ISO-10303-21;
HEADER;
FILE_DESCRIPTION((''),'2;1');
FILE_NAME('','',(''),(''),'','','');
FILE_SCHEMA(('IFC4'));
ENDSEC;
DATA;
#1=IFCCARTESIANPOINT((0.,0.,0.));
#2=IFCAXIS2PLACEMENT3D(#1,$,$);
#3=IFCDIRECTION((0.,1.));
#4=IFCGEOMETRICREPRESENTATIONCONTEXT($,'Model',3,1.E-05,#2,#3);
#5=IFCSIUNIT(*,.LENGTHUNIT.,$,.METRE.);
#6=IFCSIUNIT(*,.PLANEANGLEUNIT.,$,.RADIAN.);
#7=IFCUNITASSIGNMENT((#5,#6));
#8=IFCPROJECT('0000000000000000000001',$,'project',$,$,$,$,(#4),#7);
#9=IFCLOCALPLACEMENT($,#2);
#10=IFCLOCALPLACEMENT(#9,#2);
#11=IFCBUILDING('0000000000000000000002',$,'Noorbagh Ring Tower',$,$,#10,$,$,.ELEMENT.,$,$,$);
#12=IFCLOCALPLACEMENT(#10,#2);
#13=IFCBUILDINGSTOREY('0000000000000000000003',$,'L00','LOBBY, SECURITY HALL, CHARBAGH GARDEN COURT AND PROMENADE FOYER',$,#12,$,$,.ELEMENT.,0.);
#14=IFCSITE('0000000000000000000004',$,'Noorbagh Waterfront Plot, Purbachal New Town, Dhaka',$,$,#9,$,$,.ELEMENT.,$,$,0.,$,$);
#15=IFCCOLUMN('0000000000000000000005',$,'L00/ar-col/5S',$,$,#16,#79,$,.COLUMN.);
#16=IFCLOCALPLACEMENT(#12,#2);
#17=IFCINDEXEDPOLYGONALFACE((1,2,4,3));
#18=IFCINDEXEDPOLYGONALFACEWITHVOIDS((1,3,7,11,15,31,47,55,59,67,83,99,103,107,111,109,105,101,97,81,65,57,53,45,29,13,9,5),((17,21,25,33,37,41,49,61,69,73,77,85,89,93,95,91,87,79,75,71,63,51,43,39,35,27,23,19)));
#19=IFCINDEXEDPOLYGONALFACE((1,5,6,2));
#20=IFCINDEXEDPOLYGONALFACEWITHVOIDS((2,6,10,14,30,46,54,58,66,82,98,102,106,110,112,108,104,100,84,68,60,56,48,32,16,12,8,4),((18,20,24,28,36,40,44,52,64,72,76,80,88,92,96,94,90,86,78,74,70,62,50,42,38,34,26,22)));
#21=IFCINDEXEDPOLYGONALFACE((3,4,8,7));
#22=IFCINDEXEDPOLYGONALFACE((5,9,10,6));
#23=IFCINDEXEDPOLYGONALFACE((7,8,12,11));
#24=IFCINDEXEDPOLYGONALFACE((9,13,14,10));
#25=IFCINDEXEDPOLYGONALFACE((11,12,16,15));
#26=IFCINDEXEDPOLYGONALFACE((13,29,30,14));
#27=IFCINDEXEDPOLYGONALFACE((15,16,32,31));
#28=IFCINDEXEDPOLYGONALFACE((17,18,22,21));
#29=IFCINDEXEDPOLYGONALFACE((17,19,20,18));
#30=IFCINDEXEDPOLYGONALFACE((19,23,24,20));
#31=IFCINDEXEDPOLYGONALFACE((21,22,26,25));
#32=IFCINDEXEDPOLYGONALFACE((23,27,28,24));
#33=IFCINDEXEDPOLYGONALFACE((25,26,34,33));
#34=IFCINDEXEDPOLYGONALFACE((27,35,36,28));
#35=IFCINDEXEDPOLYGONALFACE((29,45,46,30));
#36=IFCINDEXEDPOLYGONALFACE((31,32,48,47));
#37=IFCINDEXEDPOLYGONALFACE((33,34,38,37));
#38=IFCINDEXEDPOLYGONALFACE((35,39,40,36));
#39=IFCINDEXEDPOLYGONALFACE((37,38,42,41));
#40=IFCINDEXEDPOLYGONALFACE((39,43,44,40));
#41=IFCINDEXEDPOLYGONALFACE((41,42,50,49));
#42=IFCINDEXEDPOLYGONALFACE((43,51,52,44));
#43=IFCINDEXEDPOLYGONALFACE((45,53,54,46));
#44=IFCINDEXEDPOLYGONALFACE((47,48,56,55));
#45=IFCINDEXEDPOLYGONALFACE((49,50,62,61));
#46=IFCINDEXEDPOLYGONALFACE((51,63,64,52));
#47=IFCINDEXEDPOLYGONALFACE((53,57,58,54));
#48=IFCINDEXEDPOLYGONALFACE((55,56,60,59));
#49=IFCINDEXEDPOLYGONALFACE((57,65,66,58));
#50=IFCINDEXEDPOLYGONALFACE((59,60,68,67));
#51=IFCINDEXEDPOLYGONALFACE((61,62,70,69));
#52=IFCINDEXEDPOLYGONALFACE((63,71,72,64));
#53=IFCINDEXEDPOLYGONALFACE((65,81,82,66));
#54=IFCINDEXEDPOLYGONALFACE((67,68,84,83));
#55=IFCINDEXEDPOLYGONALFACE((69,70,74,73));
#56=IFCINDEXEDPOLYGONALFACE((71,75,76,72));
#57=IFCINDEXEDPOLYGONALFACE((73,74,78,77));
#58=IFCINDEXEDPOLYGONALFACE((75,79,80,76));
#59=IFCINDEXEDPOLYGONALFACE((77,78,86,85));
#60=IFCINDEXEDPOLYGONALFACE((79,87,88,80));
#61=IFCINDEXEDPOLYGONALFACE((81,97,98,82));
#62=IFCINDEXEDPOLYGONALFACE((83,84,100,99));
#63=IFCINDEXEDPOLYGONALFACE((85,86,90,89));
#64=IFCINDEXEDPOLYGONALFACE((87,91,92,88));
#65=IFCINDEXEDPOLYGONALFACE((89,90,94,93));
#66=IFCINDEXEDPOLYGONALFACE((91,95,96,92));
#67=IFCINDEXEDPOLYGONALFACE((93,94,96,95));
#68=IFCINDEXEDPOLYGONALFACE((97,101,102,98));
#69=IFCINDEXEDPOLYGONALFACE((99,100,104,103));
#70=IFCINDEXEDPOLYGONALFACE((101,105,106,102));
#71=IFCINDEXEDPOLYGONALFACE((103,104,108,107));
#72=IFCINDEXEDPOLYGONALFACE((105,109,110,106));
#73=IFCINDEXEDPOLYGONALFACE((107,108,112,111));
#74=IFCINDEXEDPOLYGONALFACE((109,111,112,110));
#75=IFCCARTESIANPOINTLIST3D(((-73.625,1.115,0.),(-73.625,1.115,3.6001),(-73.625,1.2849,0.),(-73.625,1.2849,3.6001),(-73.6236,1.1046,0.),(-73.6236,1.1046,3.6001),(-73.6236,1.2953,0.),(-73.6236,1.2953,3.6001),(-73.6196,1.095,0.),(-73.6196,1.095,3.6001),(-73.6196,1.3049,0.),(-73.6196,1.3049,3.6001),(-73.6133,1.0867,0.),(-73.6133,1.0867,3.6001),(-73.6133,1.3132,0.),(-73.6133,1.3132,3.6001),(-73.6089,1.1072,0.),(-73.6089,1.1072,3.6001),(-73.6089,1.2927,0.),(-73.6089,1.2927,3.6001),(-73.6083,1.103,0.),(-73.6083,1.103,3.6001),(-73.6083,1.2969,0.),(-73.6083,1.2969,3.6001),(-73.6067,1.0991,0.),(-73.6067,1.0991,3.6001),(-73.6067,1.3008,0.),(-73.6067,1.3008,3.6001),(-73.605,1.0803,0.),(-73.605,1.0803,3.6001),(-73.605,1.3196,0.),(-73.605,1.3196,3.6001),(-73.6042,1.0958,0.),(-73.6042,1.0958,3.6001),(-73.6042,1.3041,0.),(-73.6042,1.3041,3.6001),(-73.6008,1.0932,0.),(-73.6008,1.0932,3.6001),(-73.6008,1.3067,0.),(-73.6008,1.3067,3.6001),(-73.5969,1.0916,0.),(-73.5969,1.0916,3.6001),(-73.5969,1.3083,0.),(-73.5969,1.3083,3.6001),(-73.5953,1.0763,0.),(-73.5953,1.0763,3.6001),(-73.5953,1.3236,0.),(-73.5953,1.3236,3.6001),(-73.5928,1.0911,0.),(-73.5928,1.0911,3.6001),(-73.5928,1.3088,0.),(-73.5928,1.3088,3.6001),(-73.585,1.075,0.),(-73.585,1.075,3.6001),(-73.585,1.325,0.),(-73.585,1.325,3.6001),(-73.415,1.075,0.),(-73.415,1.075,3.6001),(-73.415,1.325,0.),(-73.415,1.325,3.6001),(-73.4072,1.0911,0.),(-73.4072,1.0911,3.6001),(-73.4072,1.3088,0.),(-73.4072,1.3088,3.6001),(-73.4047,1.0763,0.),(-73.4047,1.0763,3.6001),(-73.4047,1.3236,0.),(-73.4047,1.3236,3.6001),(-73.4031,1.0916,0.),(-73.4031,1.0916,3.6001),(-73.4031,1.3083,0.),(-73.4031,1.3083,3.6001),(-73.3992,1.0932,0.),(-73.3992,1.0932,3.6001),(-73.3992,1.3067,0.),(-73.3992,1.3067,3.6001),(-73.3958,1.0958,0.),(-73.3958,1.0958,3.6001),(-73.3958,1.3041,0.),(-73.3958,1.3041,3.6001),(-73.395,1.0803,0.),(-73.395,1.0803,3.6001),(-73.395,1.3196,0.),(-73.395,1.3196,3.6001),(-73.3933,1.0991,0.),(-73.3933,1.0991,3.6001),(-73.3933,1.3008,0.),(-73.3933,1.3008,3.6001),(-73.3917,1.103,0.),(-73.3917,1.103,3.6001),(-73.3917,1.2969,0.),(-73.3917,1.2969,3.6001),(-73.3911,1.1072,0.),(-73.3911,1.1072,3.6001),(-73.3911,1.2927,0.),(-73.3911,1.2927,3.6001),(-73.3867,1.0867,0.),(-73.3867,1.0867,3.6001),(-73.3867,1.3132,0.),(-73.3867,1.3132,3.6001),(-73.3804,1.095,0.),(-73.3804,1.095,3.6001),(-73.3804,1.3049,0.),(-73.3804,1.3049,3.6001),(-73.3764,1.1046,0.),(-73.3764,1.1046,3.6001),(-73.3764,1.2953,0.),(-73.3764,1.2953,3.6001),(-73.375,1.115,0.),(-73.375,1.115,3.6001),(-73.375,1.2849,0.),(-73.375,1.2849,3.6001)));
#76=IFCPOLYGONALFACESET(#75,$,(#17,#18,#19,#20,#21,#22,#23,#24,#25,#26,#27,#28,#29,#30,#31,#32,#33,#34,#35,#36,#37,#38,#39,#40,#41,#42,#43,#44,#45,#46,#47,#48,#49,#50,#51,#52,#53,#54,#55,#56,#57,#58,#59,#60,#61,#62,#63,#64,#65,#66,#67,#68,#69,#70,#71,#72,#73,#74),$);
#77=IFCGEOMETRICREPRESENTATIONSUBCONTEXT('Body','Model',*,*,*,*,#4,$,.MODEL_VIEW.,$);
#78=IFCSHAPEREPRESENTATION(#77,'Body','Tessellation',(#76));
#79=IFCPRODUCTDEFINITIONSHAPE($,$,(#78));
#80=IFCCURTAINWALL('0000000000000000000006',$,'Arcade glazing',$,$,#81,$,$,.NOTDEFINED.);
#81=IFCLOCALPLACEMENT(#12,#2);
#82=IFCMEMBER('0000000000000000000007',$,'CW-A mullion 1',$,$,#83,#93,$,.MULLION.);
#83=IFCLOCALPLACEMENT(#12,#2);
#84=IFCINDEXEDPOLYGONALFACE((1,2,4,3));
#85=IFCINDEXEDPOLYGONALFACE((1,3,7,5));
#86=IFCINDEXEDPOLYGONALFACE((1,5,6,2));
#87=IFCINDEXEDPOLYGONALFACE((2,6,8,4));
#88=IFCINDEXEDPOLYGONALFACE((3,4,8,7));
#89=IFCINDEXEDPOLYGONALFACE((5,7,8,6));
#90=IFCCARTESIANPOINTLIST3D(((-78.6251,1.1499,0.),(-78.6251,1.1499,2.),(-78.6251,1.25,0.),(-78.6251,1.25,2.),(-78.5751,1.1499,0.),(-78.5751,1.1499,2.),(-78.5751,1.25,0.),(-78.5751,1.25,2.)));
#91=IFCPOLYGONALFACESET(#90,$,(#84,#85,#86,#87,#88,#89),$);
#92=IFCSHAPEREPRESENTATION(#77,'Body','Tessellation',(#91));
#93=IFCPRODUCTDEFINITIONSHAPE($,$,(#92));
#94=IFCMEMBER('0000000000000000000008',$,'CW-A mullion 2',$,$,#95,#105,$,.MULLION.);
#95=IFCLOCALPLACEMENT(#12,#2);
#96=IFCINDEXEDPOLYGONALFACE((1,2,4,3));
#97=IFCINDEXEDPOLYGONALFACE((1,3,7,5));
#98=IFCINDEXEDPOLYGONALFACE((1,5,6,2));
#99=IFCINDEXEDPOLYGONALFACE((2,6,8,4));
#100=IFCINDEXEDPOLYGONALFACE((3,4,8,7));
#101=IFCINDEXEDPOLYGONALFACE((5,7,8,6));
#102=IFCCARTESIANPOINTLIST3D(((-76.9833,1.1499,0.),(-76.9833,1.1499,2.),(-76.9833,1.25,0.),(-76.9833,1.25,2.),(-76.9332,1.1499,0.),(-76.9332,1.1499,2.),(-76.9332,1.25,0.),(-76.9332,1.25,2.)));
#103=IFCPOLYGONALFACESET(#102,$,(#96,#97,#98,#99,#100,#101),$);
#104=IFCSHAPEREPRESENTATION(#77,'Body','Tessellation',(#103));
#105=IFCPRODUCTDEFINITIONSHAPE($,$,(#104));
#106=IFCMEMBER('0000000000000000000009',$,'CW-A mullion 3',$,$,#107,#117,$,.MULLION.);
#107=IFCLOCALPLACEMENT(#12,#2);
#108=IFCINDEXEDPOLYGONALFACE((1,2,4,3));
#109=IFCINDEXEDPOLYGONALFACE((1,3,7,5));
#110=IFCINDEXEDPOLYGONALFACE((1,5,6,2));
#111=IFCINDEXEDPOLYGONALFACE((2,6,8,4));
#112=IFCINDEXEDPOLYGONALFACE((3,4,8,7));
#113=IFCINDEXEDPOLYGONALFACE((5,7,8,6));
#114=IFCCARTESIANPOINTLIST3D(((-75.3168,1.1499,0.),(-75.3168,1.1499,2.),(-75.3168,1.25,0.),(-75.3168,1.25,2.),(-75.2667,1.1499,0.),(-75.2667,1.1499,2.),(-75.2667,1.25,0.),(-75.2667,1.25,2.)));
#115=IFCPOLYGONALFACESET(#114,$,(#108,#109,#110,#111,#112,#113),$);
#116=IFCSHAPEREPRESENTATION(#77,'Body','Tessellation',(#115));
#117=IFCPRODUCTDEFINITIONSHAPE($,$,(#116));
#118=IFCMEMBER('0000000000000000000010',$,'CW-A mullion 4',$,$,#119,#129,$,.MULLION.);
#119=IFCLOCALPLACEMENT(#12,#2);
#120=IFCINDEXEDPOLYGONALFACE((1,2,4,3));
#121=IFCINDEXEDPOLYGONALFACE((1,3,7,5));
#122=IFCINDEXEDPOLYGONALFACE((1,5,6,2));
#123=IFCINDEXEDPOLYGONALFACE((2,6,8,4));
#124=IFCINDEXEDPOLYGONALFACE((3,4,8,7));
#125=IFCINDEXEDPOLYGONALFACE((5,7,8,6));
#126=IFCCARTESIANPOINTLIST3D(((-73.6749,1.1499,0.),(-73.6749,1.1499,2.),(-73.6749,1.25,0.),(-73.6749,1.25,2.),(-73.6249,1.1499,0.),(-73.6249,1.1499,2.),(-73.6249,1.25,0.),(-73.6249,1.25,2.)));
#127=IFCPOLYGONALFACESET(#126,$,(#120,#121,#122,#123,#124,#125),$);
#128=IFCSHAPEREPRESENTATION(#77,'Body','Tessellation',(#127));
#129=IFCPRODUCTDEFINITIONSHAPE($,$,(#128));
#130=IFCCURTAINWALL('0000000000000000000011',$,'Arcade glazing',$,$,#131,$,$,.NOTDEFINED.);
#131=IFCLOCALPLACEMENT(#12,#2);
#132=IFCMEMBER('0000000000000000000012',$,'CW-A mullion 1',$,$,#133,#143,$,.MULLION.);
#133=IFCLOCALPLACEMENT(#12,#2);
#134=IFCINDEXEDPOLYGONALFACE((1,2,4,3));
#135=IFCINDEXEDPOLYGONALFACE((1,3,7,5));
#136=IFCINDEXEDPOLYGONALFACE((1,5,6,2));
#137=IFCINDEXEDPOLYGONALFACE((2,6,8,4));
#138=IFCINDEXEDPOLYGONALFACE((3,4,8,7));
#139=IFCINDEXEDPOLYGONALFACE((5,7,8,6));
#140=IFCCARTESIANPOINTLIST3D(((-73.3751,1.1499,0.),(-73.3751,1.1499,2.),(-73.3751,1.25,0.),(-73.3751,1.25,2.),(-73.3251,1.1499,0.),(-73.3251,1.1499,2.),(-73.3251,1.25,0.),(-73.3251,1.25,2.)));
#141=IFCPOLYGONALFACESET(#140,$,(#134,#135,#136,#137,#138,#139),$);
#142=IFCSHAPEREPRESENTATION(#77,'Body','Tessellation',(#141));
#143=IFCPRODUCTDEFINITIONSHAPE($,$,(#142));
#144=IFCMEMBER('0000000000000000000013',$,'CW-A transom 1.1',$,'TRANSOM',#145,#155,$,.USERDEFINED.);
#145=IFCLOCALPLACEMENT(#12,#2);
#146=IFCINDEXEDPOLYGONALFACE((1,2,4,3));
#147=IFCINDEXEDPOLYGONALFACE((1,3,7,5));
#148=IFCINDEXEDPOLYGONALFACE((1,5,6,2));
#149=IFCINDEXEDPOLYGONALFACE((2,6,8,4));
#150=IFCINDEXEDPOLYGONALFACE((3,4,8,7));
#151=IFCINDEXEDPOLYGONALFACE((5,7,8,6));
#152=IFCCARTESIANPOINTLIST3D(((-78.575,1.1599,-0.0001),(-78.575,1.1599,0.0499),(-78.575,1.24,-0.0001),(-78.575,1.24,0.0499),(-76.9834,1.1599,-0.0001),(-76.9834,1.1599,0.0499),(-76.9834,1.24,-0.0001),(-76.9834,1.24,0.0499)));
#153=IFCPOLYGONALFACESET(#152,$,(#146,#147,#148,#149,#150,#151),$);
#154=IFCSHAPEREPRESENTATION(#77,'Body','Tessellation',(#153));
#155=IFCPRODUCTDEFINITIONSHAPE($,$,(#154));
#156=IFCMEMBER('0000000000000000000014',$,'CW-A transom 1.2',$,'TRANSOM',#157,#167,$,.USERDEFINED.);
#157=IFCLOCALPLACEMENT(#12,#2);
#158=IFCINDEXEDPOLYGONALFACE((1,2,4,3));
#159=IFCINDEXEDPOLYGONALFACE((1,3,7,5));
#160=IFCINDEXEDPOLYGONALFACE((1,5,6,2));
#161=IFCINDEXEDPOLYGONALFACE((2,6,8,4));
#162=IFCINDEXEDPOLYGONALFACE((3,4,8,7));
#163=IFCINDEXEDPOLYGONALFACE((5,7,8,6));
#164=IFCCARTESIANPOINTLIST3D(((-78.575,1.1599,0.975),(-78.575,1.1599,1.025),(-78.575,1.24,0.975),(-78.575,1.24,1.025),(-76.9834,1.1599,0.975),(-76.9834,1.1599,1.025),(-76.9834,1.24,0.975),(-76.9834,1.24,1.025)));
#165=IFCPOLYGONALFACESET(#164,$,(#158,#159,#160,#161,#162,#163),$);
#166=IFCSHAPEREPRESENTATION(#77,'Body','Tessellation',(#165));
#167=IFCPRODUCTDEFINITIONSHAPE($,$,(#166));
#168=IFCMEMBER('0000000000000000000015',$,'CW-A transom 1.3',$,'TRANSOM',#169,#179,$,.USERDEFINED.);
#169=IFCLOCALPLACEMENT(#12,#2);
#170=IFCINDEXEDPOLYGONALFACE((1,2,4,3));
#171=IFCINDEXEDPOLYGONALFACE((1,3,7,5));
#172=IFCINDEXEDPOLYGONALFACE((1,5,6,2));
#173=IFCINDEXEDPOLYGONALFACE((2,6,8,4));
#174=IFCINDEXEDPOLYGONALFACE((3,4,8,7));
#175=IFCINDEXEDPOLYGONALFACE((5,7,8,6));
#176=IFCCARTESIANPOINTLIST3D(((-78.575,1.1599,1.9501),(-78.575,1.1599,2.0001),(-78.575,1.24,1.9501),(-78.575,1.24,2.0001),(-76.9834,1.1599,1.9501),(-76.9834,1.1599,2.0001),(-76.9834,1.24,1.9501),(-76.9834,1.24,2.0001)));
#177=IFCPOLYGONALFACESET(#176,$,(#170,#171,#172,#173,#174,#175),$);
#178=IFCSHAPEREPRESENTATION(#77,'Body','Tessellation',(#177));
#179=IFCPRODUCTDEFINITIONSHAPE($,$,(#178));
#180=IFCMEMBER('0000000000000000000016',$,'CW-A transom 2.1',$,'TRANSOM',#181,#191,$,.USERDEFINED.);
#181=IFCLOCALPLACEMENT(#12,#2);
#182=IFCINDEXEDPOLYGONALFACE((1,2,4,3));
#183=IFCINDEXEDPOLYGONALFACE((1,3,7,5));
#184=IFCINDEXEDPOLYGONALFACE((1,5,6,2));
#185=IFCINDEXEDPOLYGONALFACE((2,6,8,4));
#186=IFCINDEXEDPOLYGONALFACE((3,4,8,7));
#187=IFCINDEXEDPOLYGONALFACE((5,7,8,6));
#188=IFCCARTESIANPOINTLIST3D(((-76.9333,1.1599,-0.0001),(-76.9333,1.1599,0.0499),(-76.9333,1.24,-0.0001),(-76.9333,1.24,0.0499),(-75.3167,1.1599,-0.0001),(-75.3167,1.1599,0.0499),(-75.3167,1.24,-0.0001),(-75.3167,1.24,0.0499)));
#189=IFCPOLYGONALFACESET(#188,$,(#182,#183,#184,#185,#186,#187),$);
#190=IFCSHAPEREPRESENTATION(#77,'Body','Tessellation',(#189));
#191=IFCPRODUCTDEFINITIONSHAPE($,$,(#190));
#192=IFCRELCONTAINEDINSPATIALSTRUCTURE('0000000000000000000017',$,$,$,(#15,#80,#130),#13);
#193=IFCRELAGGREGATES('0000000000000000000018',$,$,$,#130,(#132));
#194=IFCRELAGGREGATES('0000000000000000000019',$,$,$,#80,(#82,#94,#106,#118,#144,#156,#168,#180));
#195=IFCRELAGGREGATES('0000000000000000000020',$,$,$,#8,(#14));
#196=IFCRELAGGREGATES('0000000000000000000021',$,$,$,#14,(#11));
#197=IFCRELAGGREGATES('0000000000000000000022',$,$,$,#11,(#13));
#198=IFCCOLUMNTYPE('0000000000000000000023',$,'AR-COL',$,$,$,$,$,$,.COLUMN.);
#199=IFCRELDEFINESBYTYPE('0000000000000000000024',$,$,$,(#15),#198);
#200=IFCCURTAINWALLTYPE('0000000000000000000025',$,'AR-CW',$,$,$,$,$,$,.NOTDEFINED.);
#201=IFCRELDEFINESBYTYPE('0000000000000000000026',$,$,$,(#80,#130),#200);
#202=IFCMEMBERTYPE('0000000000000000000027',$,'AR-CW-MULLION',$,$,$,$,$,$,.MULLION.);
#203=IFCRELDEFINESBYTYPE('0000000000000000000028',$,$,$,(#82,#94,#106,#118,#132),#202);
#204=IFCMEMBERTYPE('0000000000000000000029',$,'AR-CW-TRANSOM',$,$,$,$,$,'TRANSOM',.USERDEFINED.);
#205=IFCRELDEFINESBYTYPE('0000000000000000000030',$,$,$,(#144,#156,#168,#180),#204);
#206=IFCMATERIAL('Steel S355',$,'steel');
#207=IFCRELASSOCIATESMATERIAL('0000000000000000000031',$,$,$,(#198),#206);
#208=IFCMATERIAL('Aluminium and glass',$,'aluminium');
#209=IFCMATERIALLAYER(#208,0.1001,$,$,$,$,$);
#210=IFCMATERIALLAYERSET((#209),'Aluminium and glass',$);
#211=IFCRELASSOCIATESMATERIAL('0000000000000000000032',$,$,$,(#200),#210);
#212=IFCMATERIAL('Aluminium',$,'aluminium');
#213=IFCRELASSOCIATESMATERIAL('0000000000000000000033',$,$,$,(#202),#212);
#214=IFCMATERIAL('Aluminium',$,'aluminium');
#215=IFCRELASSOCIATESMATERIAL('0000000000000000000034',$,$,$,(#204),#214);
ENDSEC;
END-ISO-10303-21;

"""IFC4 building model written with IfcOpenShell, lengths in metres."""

from ifc_helpers import new_model, si_unit, direction, frame, origin, origin_2d, place, context, subcontext, project, spatial, rectangle, hollow_rectangle, extrude, material, layer, layer_set, material_profile, profile_set, type_object, element, aggregate, save


model = new_model("IFC4")

# Units and contexts
model_context = context("Model", 3, precision=1e-05, world=origin(), true_north=direction((0.0, 1.0)))
body_context = subcontext(model_context, "Body", "Model", "MODEL_VIEW")
ifc_project = project(units=[si_unit("LENGTHUNIT", "METRE"), si_unit("PLANEANGLEUNIT", "RADIAN")], contexts=[model_context])

# Site, building, storey
site_placement = place(None, origin())
site = spatial("IfcSite", under=ifc_project, at=site_placement, Name="Noorbagh Waterfront Plot, Purbachal New Town, Dhaka", CompositionType="ELEMENT", RefElevation=0.0)
building_placement = place(site_placement, origin())
building = spatial("IfcBuilding", under=site, at=building_placement, Name="Noorbagh Ring Tower", CompositionType="ELEMENT")
storey_placement = place(building_placement, origin())
storey = spatial("IfcBuildingStorey", under=building, at=storey_placement, Name="L00", Description="LOBBY, SECURITY HALL, CHARBAGH GARDEN COURT AND PROMENADE FOYER", CompositionType="ELEMENT", Elevation=0.0)

# Column
ifc_material_1 = material(Name="Steel S355", Category="steel")
ifc_material_profile_1 = material_profile(ifc_material_1, hollow_rectangle(XDim=0.25, YDim=0.25, WallThickness=0.0161, InnerFilletRadius=0.0161, OuterFilletRadius=0.04, at=origin_2d()), Name="SHS250x250x16")
ifc_profile_set_1 = profile_set([ifc_material_profile_1], Name="Steel S355")
column_type = type_object("IfcColumnType", Name="AR-COL", PredefinedType="COLUMN", material=ifc_profile_set_1)
column_placement = place(storey_placement, frame((-73.5, 1.2, 0.0), z_axis=(0.0, 0.0, 1.0), x_axis=(1.0, 0.0, 0.0)))
element("IfcColumn", 1, at=column_placement, inside=storey, type_object=column_type, Name="L00/ar-col/5S", PredefinedType="COLUMN", context=body_context, shape_type="SweptSolid", body=[
    extrude(hollow_rectangle(XDim=0.25, YDim=0.25, WallThickness=0.0161, InnerFilletRadius=0.0161, OuterFilletRadius=0.04, at=origin_2d()), origin(), (0.0, 0.0, 1.0), 3.6001),
])

# Curtain wall, members
ifc_material_2 = material(Name="Aluminium and glass", Category="aluminium")
ifc_layer_1 = layer(ifc_material_2, 0.1001)
ifc_layer_set_1 = layer_set([ifc_layer_1], Name="Aluminium and glass")
curtain_wall_type = type_object("IfcCurtainWallType", Name="AR-CW", PredefinedType="NOTDEFINED", material=ifc_layer_set_1)
curtain_wall_1_placement = place(storey_placement, origin())
curtain_wall_1 = element("IfcCurtainWall", 2, at=curtain_wall_1_placement, inside=storey, type_object=curtain_wall_type, Name="Arcade glazing", PredefinedType="NOTDEFINED")
ifc_material_3 = material(Name="Aluminium", Category="aluminium")
ifc_material_profile_2 = material_profile(ifc_material_3, rectangle(XDim=0.1001, YDim=0.05, at=origin_2d()), Name="AL 100x50")
ifc_profile_set_2 = profile_set([ifc_material_profile_2], Name="Aluminium")
member_type_1 = type_object("IfcMemberType", Name="AR-CW-MULLION", PredefinedType="MULLION", material=ifc_profile_set_2)
member_1_placement = place(storey_placement, frame((-78.6001, 1.2, 0.0), z_axis=(0.0, 0.0, 1.0), x_axis=(0.0, 1.0, 0.0)))
member_1 = element("IfcMember", 3, at=member_1_placement, type_object=member_type_1, Name="CW-A mullion 1", PredefinedType="MULLION", context=body_context, shape_type="SweptSolid", body=[
    extrude(rectangle(XDim=0.1001, YDim=0.05, at=origin_2d()), origin(), (0.0, 0.0, 1.0), 2.0),
])
member_2_placement = place(storey_placement, frame((-76.9583, 1.2, 0.0), z_axis=(0.0, 0.0, 1.0), x_axis=(0.0, 1.0, 0.0)))
member_2 = element("IfcMember", 4, at=member_2_placement, type_object=member_type_1, Name="CW-A mullion 2", PredefinedType="MULLION", context=body_context, shape_type="SweptSolid", body=[
    extrude(rectangle(XDim=0.1001, YDim=0.05, at=origin_2d()), origin(), (0.0, 0.0, 1.0), 2.0),
])
member_3_placement = place(storey_placement, frame((-75.2917, 1.2, 0.0), z_axis=(0.0, 0.0, 1.0), x_axis=(0.0, 1.0, 0.0)))
member_3 = element("IfcMember", 5, at=member_3_placement, type_object=member_type_1, Name="CW-A mullion 3", PredefinedType="MULLION", context=body_context, shape_type="SweptSolid", body=[
    extrude(rectangle(XDim=0.1001, YDim=0.05, at=origin_2d()), origin(), (0.0, 0.0, 1.0), 2.0),
])
member_4_placement = place(storey_placement, frame((-73.6499, 1.2, 0.0), z_axis=(0.0, 0.0, 1.0), x_axis=(0.0, 1.0, 0.0)))
member_4 = element("IfcMember", 6, at=member_4_placement, type_object=member_type_1, Name="CW-A mullion 4", PredefinedType="MULLION", context=body_context, shape_type="SweptSolid", body=[
    extrude(rectangle(XDim=0.1001, YDim=0.05, at=origin_2d()), origin(), (0.0, 0.0, 1.0), 2.0),
])

# Curtain wall, member
curtain_wall_2_placement = place(storey_placement, origin())
curtain_wall_2 = element("IfcCurtainWall", 7, at=curtain_wall_2_placement, inside=storey, type_object=curtain_wall_type, Name="Arcade glazing", PredefinedType="NOTDEFINED")
member_5_placement = place(storey_placement, frame((-73.3501, 1.2, 0.0), z_axis=(0.0, 0.0, 1.0), x_axis=(0.0, 1.0, 0.0)))
member_5 = element("IfcMember", 8, at=member_5_placement, type_object=member_type_1, Name="CW-A mullion 1", PredefinedType="MULLION", context=body_context, shape_type="SweptSolid", body=[
    extrude(rectangle(XDim=0.1001, YDim=0.05, at=origin_2d()), origin(), (0.0, 0.0, 1.0), 2.0),
])
aggregate(curtain_wall_2, [member_5])

# Members
ifc_material_4 = material(Name="Aluminium", Category="aluminium")
ifc_material_profile_3 = material_profile(ifc_material_4, rectangle(XDim=0.0801, YDim=0.05, at=origin_2d()), Name="AL 80x50")
ifc_profile_set_3 = profile_set([ifc_material_profile_3], Name="Aluminium")
member_type_2 = type_object("IfcMemberType", Name="AR-CW-TRANSOM", ElementType="TRANSOM", PredefinedType="USERDEFINED", material=ifc_profile_set_3)
member_6_placement = place(storey_placement, frame((-78.575, 1.2, 0.0249), z_axis=(1.0, 0.0, 0.0), x_axis=(0.0, 1.0, 0.0)))
member_6 = element("IfcMember", 9, at=member_6_placement, type_object=member_type_2, Name="CW-A transom 1.1", ObjectType="TRANSOM", PredefinedType="USERDEFINED", context=body_context, shape_type="SweptSolid", body=[
    extrude(rectangle(XDim=0.0801, YDim=0.05, at=origin_2d()), origin(), (0.0, 0.0, 1.0), 1.5916),
])
member_7_placement = place(storey_placement, frame((-78.575, 1.2, 1.0), z_axis=(1.0, 0.0, 0.0), x_axis=(0.0, 1.0, 0.0)))
member_7 = element("IfcMember", 10, at=member_7_placement, type_object=member_type_2, Name="CW-A transom 1.2", ObjectType="TRANSOM", PredefinedType="USERDEFINED", context=body_context, shape_type="SweptSolid", body=[
    extrude(rectangle(XDim=0.0801, YDim=0.05, at=origin_2d()), origin(), (0.0, 0.0, 1.0), 1.5916),
])
member_8_placement = place(storey_placement, frame((-78.575, 1.2, 1.9751), z_axis=(1.0, 0.0, 0.0), x_axis=(0.0, 1.0, 0.0)))
member_8 = element("IfcMember", 11, at=member_8_placement, type_object=member_type_2, Name="CW-A transom 1.3", ObjectType="TRANSOM", PredefinedType="USERDEFINED", context=body_context, shape_type="SweptSolid", body=[
    extrude(rectangle(XDim=0.0801, YDim=0.05, at=origin_2d()), origin(), (0.0, 0.0, 1.0), 1.5916),
])
member_9_placement = place(storey_placement, frame((-76.9333, 1.2, 0.0249), z_axis=(1.0, 0.0, 0.0), x_axis=(0.0, 1.0, 0.0)))
member_9 = element("IfcMember", 12, at=member_9_placement, type_object=member_type_2, Name="CW-A transom 2.1", ObjectType="TRANSOM", PredefinedType="USERDEFINED", context=body_context, shape_type="SweptSolid", body=[
    extrude(rectangle(XDim=0.0801, YDim=0.05, at=origin_2d()), origin(), (0.0, 0.0, 1.0), 1.6167),
])

aggregate(curtain_wall_1, [member_1, member_2, member_3, member_4, member_6, member_7, member_8, member_9])

save(model, "model.ifc")
